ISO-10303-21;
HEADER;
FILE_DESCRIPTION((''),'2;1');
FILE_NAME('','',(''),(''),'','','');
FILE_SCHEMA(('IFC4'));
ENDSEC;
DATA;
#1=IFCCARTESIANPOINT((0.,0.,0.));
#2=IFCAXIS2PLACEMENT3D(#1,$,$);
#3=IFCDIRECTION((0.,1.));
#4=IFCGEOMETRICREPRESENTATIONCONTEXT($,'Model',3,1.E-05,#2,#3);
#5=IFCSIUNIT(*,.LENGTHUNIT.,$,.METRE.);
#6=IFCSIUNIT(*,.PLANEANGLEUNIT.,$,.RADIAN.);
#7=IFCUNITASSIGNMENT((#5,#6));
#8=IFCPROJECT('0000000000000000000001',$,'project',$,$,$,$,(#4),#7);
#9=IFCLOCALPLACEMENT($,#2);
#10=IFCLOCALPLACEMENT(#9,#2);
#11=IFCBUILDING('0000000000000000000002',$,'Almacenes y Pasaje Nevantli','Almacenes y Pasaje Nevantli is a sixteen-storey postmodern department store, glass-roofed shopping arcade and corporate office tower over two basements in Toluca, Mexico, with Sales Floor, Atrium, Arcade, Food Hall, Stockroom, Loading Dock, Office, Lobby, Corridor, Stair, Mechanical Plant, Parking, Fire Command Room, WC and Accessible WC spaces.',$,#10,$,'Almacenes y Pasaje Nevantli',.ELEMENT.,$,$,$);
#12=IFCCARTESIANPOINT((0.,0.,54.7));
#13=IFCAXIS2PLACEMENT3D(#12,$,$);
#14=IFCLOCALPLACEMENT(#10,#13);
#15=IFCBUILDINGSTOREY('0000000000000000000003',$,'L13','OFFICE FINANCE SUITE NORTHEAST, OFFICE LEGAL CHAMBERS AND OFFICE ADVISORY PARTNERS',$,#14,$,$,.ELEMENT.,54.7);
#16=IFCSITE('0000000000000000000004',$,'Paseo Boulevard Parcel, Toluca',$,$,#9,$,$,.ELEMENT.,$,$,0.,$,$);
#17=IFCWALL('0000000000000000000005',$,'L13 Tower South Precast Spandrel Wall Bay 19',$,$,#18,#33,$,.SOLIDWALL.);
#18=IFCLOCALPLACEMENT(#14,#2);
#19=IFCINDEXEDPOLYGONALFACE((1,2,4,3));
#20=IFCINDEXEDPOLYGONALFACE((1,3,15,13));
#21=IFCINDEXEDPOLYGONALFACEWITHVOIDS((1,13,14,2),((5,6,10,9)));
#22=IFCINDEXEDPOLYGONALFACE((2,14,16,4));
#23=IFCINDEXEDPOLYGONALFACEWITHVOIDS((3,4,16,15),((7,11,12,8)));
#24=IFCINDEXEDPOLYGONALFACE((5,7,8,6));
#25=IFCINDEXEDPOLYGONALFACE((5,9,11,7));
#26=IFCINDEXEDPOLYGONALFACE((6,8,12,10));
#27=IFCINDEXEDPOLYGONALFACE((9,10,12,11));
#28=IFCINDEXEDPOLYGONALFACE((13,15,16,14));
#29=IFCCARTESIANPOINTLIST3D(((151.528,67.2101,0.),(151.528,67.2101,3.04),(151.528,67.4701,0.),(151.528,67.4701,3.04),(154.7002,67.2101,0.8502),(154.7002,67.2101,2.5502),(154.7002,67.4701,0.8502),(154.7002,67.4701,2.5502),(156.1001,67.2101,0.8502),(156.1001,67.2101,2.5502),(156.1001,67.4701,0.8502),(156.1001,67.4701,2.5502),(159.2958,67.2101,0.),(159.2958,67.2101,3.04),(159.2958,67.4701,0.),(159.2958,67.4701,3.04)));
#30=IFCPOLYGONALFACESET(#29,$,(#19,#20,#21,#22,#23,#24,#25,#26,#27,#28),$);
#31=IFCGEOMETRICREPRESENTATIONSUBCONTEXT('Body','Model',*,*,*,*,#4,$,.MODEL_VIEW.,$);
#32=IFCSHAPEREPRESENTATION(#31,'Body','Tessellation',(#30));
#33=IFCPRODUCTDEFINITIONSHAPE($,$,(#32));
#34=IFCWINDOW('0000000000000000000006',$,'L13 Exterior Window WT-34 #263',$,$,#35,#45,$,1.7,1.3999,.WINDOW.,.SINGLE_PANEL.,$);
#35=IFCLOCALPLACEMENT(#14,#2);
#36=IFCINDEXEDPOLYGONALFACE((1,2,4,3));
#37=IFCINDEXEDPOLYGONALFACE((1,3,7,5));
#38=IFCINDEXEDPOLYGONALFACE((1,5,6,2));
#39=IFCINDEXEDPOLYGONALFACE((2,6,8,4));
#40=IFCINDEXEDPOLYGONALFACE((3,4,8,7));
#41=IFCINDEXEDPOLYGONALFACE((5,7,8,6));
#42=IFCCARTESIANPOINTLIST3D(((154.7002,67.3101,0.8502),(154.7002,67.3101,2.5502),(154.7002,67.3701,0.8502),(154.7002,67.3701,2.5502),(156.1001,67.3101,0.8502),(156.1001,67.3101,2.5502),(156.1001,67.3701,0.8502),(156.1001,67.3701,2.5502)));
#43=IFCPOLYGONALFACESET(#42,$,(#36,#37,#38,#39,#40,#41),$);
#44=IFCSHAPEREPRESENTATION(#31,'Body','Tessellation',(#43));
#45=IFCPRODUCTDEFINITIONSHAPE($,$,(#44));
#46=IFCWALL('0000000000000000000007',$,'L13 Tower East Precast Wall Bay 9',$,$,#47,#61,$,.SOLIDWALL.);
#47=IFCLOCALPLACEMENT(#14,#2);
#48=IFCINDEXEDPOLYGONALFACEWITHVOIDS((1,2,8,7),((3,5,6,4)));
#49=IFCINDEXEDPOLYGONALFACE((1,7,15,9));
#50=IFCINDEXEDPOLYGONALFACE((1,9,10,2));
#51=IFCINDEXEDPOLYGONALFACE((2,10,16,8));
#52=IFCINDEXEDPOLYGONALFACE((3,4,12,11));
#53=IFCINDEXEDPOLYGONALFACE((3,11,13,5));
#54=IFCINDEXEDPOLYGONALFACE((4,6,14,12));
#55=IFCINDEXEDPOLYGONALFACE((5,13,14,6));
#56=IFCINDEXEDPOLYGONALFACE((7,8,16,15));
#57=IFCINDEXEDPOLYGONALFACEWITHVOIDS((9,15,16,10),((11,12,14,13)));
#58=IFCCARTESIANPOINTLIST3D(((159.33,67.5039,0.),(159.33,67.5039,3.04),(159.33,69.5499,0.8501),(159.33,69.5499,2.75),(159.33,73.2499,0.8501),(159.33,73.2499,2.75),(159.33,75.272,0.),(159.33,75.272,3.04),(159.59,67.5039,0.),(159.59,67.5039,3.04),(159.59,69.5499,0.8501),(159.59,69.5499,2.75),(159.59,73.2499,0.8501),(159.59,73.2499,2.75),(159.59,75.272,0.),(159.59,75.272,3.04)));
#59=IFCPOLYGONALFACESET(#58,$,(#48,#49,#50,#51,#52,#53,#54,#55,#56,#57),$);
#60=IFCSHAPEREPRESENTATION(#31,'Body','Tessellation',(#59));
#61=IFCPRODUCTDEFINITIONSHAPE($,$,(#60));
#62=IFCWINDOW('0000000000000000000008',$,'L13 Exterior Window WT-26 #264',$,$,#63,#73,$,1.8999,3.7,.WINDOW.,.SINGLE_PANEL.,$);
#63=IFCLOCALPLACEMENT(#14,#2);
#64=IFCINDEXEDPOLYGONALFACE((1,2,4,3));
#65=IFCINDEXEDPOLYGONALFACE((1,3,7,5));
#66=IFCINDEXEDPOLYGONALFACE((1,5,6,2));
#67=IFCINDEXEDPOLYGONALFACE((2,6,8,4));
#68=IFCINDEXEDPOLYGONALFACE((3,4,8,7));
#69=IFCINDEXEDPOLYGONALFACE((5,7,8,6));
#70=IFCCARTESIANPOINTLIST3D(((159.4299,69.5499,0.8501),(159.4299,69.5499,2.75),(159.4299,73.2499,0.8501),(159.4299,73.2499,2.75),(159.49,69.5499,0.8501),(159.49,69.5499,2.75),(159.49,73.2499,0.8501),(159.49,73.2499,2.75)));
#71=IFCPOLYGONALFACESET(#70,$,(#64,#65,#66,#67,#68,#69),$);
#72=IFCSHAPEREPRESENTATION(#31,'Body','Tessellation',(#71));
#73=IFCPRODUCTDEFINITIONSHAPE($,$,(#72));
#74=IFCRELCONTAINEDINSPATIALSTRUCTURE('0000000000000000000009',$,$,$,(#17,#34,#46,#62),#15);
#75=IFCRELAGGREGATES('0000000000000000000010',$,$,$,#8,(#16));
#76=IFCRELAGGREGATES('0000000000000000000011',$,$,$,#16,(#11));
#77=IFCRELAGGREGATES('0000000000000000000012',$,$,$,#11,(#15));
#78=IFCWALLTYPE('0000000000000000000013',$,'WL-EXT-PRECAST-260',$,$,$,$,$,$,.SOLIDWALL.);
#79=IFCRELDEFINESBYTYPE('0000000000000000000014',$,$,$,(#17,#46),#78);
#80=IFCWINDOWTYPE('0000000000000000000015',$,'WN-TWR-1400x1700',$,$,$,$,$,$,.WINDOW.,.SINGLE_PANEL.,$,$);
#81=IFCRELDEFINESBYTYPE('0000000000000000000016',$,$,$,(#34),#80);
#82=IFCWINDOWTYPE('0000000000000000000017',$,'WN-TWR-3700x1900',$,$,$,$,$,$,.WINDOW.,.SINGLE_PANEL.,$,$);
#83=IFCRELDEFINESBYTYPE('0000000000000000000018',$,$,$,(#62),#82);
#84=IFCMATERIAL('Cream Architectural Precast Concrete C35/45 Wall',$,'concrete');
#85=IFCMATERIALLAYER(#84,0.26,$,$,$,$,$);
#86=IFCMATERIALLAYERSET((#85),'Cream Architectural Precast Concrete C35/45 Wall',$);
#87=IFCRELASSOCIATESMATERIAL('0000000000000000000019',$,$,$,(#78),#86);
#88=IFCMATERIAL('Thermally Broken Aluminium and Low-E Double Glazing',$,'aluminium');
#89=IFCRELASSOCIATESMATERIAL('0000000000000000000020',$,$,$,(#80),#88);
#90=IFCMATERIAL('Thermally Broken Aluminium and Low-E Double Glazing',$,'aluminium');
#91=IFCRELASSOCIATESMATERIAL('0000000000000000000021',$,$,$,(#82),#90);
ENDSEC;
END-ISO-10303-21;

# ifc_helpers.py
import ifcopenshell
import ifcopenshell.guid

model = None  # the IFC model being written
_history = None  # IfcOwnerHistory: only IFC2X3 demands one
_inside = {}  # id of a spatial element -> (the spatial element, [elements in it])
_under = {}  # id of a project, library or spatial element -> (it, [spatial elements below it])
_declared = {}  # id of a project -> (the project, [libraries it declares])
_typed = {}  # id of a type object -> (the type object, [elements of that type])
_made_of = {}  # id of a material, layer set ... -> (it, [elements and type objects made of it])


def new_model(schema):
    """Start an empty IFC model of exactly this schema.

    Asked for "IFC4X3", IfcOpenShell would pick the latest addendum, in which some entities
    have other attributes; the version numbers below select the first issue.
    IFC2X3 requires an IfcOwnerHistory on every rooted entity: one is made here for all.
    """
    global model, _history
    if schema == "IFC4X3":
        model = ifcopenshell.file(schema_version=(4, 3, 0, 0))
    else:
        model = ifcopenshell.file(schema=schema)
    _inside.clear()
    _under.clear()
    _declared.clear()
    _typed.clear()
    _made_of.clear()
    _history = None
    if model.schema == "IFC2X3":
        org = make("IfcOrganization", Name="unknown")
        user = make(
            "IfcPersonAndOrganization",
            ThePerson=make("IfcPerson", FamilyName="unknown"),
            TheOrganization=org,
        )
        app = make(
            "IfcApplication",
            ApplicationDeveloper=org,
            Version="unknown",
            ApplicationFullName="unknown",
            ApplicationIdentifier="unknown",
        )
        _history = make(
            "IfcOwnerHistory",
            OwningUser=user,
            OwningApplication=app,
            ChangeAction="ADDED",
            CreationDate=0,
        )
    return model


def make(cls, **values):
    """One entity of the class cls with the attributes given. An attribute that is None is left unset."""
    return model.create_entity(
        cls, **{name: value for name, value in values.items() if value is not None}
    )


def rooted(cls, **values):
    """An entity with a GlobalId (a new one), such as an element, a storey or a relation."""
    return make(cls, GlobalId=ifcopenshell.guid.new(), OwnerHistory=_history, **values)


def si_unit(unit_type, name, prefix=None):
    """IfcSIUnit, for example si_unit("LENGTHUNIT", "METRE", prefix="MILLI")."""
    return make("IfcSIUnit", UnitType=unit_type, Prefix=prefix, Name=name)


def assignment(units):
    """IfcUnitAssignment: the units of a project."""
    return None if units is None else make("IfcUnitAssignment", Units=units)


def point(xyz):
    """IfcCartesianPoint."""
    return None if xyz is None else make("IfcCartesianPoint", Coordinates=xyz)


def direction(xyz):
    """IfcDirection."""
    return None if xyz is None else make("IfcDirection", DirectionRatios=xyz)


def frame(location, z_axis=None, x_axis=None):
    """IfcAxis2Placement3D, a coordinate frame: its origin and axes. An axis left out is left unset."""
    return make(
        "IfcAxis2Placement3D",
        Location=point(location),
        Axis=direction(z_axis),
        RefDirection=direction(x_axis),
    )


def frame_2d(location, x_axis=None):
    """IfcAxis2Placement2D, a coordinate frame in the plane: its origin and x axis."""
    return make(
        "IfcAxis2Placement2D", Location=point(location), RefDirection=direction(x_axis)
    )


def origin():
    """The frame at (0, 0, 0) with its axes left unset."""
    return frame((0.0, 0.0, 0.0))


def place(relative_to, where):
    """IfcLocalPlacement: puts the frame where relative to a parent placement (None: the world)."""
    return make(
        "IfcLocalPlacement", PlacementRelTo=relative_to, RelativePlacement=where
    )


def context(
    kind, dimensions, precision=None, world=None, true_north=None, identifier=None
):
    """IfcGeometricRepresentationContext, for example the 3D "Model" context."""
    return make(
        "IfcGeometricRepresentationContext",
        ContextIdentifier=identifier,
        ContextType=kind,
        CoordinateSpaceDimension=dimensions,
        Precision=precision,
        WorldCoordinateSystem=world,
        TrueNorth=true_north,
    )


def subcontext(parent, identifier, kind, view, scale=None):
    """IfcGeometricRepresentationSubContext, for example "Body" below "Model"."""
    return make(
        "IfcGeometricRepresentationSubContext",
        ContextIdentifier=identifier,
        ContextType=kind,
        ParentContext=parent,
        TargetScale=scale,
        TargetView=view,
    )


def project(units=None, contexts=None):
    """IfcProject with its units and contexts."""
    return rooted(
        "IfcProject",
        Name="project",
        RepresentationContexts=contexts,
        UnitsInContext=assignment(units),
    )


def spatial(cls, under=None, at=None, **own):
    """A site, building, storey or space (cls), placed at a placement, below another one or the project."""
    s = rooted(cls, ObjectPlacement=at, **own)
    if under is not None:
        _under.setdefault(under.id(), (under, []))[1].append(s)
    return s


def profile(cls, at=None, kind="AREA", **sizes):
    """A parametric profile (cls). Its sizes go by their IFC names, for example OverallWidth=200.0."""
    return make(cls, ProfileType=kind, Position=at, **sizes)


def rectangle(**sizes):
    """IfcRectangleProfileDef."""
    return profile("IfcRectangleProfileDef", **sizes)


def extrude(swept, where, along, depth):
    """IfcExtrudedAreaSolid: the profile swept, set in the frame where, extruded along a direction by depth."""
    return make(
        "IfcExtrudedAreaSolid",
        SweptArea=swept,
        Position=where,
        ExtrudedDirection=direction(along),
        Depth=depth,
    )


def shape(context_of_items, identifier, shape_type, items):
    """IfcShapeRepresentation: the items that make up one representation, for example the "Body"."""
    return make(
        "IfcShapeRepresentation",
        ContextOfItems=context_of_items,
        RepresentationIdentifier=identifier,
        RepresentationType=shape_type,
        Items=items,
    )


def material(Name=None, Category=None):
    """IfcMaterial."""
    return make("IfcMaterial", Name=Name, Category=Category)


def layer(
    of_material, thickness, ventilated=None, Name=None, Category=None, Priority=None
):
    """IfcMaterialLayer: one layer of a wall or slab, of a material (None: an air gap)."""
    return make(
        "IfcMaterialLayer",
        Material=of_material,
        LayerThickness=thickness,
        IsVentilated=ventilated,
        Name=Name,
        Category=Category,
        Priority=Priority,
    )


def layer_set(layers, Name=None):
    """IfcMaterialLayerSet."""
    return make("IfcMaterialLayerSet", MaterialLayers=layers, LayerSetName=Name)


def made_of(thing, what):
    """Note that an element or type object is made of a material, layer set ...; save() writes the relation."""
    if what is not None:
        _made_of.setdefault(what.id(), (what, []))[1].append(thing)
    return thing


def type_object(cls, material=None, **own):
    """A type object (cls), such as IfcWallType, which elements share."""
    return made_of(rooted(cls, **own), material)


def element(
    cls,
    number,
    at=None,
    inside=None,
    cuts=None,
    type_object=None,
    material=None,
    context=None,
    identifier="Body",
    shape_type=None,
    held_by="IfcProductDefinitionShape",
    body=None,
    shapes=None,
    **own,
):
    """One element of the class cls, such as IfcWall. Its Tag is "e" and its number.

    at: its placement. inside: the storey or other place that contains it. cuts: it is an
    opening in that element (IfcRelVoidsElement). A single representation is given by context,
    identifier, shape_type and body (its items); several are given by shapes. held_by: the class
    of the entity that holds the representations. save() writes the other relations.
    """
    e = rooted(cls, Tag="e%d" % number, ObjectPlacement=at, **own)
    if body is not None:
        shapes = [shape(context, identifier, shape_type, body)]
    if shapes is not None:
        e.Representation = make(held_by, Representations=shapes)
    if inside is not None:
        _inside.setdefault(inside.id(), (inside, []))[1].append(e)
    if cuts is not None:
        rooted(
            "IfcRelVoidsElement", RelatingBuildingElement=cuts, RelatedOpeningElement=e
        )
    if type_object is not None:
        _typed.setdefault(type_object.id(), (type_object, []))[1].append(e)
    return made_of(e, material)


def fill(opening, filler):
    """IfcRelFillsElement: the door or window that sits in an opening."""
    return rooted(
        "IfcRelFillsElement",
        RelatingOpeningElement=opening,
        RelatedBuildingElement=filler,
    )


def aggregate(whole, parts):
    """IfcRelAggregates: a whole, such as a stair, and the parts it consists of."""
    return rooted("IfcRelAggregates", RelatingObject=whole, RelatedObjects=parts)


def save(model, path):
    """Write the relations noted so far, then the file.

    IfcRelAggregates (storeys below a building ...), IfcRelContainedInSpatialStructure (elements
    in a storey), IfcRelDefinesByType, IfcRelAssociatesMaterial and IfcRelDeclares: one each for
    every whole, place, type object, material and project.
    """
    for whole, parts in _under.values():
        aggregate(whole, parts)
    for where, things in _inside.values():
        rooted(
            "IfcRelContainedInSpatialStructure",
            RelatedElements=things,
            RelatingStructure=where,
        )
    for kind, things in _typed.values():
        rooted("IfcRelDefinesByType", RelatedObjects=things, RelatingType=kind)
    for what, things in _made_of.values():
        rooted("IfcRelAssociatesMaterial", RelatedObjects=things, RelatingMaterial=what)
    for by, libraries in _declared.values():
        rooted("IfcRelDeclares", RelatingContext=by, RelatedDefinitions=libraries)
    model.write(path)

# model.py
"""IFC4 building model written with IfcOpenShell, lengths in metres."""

from ifc_helpers import new_model, si_unit, direction, frame, frame_2d, origin, place, context, subcontext, project, spatial, rectangle, extrude, material, layer, layer_set, type_object, element, fill, save


model = new_model("IFC4")

# Units and contexts
model_context = context("Model", 3, precision=1e-05, world=origin(), true_north=direction((0.0, 1.0)))
body_context = subcontext(model_context, "Body", "Model", "MODEL_VIEW")
ifc_project = project(units=[si_unit("LENGTHUNIT", "METRE"), si_unit("PLANEANGLEUNIT", "RADIAN")], contexts=[model_context])

# Site, building, storey
site_placement = place(None, origin())
site = spatial("IfcSite", under=ifc_project, at=site_placement, Name="Paseo Boulevard Parcel, Toluca", CompositionType="ELEMENT", RefElevation=0.0)
building_placement = place(site_placement, origin())
building = spatial("IfcBuilding", under=site, at=building_placement, Name="Almacenes y Pasaje Nevantli", Description="Almacenes y Pasaje Nevantli is a sixteen-storey postmodern department store, glass-roofed shopping arcade and corporate office tower over two basements in Toluca, Mexico, with Sales Floor, Atrium, Arcade, Food Hall, Stockroom, Loading Dock, Office, Lobby, Corridor, Stair, Mechanical Plant, Parking, Fire Command Room, WC and Accessible WC spaces.", LongName="Almacenes y Pasaje Nevantli", CompositionType="ELEMENT")
storey_placement = place(building_placement, frame((0.0, 0.0, 54.7)))
storey = spatial("IfcBuildingStorey", under=building, at=storey_placement, Name="L13", Description="OFFICE FINANCE SUITE NORTHEAST, OFFICE LEGAL CHAMBERS AND OFFICE ADVISORY PARTNERS", CompositionType="ELEMENT", Elevation=54.7)

# Walls, openings, windows
ifc_material_1 = material(Name="Cream Architectural Precast Concrete C35/45 Wall", Category="concrete")
ifc_layer_1 = layer(ifc_material_1, 0.26)
ifc_layer_set_1 = layer_set([ifc_layer_1], Name="Cream Architectural Precast Concrete C35/45 Wall")
wall_type = type_object("IfcWallType", Name="WL-EXT-PRECAST-260", PredefinedType="SOLIDWALL", material=ifc_layer_set_1)
wall_1_placement = place(storey_placement, frame((151.5281, 67.3401, 0.0), z_axis=(0.0, 0.0, 1.0), x_axis=(1.0, 0.0, 0.0)))
wall_1 = element("IfcWall", 1, at=wall_1_placement, inside=storey, type_object=wall_type, Name="L13 Tower South Precast Spandrel Wall Bay 19", PredefinedType="SOLIDWALL", context=body_context, shape_type="SweptSolid", body=[
    extrude(rectangle(XDim=7.7678, YDim=0.26, at=frame_2d((3.8838, 0.0))), origin(), (0.0, 0.0, 1.0), 3.04),
])
opening_1_placement = place(wall_1_placement, frame((3.1721, 0.0, 0.8501)))
opening_1 = element("IfcOpeningElement", 2, at=opening_1_placement, cuts=wall_1, PredefinedType="OPENING", context=body_context, shape_type="SweptSolid", body=[
    extrude(rectangle(XDim=1.3999, YDim=1.7, at=frame_2d((0.7, 0.8501))), frame((0.0, 0.1399, 0.0), z_axis=(0.0, -1.0, 0.0), x_axis=(1.0, 0.0, 0.0)), (0.0, 0.0, 1.0), 0.28),
])
ifc_material_2 = material(Name="Thermally Broken Aluminium and Low-E Double Glazing", Category="aluminium")
window_type_1 = type_object("IfcWindowType", Name="WN-TWR-1400x1700", PartitioningType="SINGLE_PANEL", PredefinedType="WINDOW", material=ifc_material_2)
window_1_placement = place(opening_1_placement, origin())
window_1 = element("IfcWindow", 3, at=window_1_placement, inside=storey, type_object=window_type_1, Name="L13 Exterior Window WT-34 #263", OverallHeight=1.7, OverallWidth=1.3999, PartitioningType="SINGLE_PANEL", PredefinedType="WINDOW", context=body_context, shape_type="SweptSolid", body=[
    extrude(rectangle(XDim=1.3999, YDim=1.7, at=frame_2d((0.7, 0.8501))), frame((0.0, 0.03, 0.0), z_axis=(0.0, -1.0, 0.0), x_axis=(1.0, 0.0, 0.0)), (0.0, 0.0, 1.0), 0.0601),
])
fill(opening_1, window_1)
wall_2_placement = place(storey_placement, frame((159.46, 67.5039, 0.0), z_axis=(0.0, 0.0, 1.0), x_axis=(0.0, 1.0, 0.0)))
wall_2 = element("IfcWall", 4, at=wall_2_placement, inside=storey, type_object=wall_type, Name="L13 Tower East Precast Wall Bay 9", PredefinedType="SOLIDWALL", context=body_context, shape_type="SweptSolid", body=[
    extrude(rectangle(XDim=7.7681, YDim=0.26, at=frame_2d((3.884, 0.0))), origin(), (0.0, 0.0, 1.0), 3.04),
])
opening_2_placement = place(wall_2_placement, frame((2.0459, 0.0, 0.8501)))
opening_2 = element("IfcOpeningElement", 5, at=opening_2_placement, cuts=wall_2, PredefinedType="OPENING", context=body_context, shape_type="SweptSolid", body=[
    extrude(rectangle(XDim=3.7, YDim=1.8999, at=frame_2d((1.8501, 0.95))), frame((0.0, 0.1399, 0.0), z_axis=(0.0, -1.0, 0.0), x_axis=(1.0, 0.0, 0.0)), (0.0, 0.0, 1.0), 0.28),
])
ifc_material_3 = material(Name="Thermally Broken Aluminium and Low-E Double Glazing", Category="aluminium")
window_type_2 = type_object("IfcWindowType", Name="WN-TWR-3700x1900", PartitioningType="SINGLE_PANEL", PredefinedType="WINDOW", material=ifc_material_3)
window_2_placement = place(opening_2_placement, origin())
window_2 = element("IfcWindow", 6, at=window_2_placement, inside=storey, type_object=window_type_2, Name="L13 Exterior Window WT-26 #264", OverallHeight=1.8999, OverallWidth=3.7, PartitioningType="SINGLE_PANEL", PredefinedType="WINDOW", context=body_context, shape_type="SweptSolid", body=[
    extrude(rectangle(XDim=3.7, YDim=1.8999, at=frame_2d((1.8501, 0.95))), frame((0.0, 0.03, 0.0), z_axis=(0.0, -1.0, 0.0), x_axis=(1.0, 0.0, 0.0)), (0.0, 0.0, 1.0), 0.0601),
])
fill(opening_2, window_2)

save(model, "model.ifc")
